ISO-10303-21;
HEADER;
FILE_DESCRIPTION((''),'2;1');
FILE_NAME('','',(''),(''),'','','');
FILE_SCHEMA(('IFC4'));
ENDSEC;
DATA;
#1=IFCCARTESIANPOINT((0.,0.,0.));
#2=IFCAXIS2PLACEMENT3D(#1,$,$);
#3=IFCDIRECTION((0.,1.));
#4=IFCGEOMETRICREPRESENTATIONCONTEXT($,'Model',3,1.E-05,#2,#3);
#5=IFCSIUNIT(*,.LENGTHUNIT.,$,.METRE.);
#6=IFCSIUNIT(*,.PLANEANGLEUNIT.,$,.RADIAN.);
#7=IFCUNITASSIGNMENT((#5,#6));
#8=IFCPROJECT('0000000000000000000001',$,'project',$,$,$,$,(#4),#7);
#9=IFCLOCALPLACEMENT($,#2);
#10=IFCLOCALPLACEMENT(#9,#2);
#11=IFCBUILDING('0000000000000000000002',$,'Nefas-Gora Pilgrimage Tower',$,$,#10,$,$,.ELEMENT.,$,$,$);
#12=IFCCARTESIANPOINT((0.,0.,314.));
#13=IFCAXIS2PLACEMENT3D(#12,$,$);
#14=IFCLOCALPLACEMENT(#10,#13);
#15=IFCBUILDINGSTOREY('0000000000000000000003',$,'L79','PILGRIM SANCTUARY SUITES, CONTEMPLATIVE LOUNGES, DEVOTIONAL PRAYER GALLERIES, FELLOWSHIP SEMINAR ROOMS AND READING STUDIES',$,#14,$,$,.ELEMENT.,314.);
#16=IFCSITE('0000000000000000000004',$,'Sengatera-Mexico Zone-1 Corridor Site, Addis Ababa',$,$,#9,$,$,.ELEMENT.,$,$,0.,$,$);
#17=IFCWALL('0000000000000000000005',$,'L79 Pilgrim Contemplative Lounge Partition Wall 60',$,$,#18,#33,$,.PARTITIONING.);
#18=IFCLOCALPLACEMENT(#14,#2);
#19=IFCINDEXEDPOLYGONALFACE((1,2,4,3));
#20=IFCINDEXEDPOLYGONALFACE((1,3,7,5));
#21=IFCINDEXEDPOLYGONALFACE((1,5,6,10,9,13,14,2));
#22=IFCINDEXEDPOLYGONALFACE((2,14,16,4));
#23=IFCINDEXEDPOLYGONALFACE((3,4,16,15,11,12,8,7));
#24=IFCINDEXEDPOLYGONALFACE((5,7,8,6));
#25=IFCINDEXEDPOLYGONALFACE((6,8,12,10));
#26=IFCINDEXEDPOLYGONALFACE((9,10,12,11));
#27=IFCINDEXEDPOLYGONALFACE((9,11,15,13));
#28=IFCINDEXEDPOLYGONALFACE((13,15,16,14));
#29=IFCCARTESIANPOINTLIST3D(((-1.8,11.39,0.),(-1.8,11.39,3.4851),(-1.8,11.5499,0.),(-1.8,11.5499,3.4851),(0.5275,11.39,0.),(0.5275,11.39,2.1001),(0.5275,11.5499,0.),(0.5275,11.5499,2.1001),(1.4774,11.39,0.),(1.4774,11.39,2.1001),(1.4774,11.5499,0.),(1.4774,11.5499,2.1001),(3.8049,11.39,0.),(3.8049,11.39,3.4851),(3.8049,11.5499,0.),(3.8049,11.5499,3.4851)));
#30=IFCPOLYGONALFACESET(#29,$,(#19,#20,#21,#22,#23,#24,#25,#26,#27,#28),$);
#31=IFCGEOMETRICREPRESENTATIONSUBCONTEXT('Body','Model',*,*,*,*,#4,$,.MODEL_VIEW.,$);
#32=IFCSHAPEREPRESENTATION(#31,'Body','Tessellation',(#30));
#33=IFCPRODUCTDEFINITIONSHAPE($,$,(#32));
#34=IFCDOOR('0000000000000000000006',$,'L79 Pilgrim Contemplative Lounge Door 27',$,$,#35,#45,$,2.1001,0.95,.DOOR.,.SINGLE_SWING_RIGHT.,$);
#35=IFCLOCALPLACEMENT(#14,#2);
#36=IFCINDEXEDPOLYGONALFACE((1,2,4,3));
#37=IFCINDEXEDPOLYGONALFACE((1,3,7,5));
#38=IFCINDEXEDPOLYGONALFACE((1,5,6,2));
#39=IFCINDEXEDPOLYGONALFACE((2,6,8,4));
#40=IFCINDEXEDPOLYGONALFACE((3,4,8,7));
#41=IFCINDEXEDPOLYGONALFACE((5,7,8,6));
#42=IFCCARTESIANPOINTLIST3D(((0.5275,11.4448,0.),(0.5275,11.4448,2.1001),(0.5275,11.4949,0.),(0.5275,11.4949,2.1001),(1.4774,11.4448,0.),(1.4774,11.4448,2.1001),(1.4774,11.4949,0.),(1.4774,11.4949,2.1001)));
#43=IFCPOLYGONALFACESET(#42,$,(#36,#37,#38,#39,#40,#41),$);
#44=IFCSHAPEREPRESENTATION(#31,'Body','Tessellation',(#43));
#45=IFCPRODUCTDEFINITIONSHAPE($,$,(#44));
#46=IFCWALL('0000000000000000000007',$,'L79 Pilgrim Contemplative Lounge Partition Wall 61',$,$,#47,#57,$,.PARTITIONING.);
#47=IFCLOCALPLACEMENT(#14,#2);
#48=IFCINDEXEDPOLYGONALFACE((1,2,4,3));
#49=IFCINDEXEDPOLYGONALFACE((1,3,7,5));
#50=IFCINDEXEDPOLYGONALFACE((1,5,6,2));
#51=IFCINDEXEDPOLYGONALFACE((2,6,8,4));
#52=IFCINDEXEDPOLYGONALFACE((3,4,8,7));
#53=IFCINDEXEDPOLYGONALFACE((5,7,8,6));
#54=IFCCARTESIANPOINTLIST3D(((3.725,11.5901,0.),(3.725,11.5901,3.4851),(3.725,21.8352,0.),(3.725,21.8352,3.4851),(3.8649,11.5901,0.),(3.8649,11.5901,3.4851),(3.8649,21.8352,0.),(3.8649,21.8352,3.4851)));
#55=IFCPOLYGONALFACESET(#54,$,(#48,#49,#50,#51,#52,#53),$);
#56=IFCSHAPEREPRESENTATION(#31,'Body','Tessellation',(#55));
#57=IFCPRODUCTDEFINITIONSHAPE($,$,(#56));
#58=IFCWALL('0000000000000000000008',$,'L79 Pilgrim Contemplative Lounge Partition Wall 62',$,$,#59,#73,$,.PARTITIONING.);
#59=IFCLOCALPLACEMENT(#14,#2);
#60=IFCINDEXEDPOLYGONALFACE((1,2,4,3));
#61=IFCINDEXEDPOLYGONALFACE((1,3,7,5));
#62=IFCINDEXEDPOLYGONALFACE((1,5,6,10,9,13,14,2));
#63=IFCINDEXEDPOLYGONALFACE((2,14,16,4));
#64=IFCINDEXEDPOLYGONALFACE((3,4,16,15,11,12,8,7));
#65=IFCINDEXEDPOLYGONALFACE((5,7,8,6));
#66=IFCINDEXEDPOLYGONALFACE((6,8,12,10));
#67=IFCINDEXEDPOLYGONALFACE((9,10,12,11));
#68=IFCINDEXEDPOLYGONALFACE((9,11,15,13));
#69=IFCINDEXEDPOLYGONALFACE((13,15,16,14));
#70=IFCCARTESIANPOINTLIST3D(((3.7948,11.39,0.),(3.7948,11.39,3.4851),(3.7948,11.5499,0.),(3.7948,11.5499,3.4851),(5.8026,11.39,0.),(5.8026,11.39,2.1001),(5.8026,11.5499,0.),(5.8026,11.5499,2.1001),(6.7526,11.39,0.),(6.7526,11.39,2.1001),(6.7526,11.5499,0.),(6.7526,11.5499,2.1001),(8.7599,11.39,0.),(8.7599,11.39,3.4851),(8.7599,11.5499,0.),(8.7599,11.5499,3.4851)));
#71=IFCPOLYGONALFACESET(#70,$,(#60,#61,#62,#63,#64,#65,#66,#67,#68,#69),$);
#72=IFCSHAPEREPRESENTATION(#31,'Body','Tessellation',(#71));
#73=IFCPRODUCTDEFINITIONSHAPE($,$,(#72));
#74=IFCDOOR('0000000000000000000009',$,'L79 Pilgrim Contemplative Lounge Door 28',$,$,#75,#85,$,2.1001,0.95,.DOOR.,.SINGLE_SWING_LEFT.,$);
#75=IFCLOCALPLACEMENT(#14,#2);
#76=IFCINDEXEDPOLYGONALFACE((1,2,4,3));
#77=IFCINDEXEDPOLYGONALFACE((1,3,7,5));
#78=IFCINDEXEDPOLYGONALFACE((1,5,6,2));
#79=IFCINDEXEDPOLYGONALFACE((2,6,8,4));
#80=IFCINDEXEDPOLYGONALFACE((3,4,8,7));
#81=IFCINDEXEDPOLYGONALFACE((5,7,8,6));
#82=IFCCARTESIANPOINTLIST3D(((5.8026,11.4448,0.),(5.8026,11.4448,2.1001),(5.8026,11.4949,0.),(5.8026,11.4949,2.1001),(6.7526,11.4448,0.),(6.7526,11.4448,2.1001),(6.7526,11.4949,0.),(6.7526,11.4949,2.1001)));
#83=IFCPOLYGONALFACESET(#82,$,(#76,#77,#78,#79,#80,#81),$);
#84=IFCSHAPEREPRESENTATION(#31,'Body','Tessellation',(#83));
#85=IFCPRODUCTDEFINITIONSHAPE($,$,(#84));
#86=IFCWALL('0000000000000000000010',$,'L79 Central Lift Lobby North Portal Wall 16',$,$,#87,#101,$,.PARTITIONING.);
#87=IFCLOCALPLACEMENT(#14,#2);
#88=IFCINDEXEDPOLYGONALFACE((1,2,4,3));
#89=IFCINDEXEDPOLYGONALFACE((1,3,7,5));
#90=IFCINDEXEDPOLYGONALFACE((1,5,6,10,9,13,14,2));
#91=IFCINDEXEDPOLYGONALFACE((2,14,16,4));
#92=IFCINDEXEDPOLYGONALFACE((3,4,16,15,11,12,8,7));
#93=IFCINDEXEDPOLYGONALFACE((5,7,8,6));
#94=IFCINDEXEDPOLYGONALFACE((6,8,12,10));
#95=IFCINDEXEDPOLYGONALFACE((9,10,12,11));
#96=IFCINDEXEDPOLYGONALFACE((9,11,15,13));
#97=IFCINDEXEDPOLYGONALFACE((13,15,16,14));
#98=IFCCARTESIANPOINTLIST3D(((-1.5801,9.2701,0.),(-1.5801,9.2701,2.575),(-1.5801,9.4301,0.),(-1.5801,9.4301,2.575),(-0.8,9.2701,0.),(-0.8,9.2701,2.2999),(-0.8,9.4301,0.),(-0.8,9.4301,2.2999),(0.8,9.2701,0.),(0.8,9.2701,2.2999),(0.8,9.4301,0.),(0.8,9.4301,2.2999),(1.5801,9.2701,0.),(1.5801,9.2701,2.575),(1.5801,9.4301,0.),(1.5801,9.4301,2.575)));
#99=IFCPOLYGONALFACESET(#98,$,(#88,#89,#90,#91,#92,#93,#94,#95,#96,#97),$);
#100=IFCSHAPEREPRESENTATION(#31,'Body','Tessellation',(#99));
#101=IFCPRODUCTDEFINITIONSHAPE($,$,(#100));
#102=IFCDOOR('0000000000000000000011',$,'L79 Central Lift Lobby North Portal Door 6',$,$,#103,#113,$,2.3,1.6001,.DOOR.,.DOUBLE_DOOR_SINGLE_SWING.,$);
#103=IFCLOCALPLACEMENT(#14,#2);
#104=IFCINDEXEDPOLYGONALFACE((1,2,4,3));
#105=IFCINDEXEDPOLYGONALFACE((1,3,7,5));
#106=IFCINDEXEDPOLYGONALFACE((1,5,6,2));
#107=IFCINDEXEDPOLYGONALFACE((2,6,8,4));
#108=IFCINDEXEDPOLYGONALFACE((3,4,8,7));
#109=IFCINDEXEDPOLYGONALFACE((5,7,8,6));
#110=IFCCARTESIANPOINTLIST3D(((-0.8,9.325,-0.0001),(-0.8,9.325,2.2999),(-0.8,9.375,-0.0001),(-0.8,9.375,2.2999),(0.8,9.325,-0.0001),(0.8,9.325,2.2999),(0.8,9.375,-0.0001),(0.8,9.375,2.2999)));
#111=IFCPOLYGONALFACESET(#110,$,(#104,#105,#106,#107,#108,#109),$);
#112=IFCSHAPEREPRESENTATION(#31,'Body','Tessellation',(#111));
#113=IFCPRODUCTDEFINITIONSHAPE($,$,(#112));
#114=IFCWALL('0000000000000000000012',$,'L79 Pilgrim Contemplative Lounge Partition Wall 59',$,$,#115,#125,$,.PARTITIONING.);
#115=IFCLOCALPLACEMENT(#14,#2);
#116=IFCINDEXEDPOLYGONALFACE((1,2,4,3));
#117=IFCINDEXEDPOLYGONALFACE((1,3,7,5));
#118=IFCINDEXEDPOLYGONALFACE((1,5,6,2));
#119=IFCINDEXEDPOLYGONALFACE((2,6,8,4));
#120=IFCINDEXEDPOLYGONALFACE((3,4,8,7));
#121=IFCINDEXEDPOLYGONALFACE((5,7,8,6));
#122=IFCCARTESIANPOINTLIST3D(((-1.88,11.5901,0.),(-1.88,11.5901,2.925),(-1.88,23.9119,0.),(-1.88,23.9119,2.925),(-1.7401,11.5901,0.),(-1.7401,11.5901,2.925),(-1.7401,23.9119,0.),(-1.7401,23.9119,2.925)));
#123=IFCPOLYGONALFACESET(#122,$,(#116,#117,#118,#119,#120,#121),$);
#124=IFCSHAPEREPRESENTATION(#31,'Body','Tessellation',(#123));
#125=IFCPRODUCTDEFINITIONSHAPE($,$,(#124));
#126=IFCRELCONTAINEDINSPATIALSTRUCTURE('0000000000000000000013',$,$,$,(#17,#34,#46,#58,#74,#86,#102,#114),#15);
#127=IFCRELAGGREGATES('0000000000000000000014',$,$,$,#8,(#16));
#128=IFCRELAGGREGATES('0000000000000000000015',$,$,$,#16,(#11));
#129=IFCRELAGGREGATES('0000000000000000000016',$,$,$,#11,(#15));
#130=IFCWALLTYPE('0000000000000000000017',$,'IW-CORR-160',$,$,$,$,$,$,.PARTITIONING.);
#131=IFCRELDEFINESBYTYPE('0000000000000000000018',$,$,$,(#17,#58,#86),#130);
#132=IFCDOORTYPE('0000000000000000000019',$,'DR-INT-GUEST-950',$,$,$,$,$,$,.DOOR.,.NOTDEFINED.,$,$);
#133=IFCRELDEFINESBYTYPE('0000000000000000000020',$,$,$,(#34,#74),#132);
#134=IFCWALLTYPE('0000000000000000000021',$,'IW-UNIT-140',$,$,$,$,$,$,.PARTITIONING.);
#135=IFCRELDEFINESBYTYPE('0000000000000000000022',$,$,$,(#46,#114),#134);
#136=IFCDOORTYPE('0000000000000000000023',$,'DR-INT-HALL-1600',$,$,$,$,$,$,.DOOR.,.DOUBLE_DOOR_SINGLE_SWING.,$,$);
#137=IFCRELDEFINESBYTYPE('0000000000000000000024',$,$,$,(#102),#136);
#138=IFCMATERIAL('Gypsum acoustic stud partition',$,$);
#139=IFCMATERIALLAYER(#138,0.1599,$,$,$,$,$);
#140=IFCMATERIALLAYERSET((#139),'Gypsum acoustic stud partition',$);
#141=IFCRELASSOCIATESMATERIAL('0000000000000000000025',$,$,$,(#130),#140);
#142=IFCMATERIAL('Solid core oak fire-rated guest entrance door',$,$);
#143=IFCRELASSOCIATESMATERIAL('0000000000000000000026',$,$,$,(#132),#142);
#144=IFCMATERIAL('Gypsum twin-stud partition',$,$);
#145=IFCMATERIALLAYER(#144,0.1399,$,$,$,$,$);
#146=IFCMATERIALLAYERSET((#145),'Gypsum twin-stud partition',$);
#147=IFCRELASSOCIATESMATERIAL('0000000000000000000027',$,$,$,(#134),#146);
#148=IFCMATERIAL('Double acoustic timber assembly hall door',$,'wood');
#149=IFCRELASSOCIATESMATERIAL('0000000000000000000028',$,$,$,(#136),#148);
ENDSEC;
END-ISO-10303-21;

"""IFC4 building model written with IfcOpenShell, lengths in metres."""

from ifc_helpers import new_model, si_unit, direction, frame, frame_2d, origin, place, context, subcontext, project, spatial, rectangle, extrude, source, transform, mapped, material, layer, layer_set, type_object, element, fill, save


model = new_model("IFC4")

# Units and contexts
model_context = context("Model", 3, precision=1e-05, world=origin(), true_north=direction((0.0, 1.0)))
body_context = subcontext(model_context, "Body", "Model", "MODEL_VIEW")
ifc_project = project(units=[si_unit("LENGTHUNIT", "METRE"), si_unit("PLANEANGLEUNIT", "RADIAN")], contexts=[model_context])

# Site, building, storey
site_placement = place(None, origin())
site = spatial("IfcSite", under=ifc_project, at=site_placement, Name="Sengatera-Mexico Zone-1 Corridor Site, Addis Ababa", CompositionType="ELEMENT", RefElevation=0.0)
building_placement = place(site_placement, origin())
building = spatial("IfcBuilding", under=site, at=building_placement, Name="Nefas-Gora Pilgrimage Tower", CompositionType="ELEMENT")
storey_placement = place(building_placement, frame((0.0, 0.0, 314.0)))
storey = spatial("IfcBuildingStorey", under=building, at=storey_placement, Name="L79", Description="PILGRIM SANCTUARY SUITES, CONTEMPLATIVE LOUNGES, DEVOTIONAL PRAYER GALLERIES, FELLOWSHIP SEMINAR ROOMS AND READING STUDIES", CompositionType="ELEMENT", Elevation=314.0)

# Wall, opening, door
ifc_material_1 = material(Name="Gypsum acoustic stud partition")
ifc_layer_1 = layer(ifc_material_1, 0.1599)
ifc_layer_set_1 = layer_set([ifc_layer_1], Name="Gypsum acoustic stud partition")
wall_type_1 = type_object("IfcWallType", Name="IW-CORR-160", PredefinedType="PARTITIONING", material=ifc_layer_set_1)
shared_shape_1 = source(origin(), body_context, "Body", "SweptSolid", [
    extrude(rectangle(XDim=5.605, YDim=0.1599, at=frame_2d((2.8025, 0.0))), origin(), (0.0, 0.0, 1.0), 3.4851),
])
wall_1_placement = place(storey_placement, frame((-1.8, 11.47, 0.0), z_axis=(0.0, 0.0, 1.0), x_axis=(1.0, 0.0, 0.0)))
wall_1 = element("IfcWall", 1, at=wall_1_placement, inside=storey, type_object=wall_type_1, Name="L79 Pilgrim Contemplative Lounge Partition Wall 60", PredefinedType="PARTITIONING", context=body_context, shape_type="MappedRepresentation", body=[
    mapped(shared_shape_1, transform((0.0, 0.0, 0.0), x_axis=(1.0, 0.0, 0.0), y_axis=(0.0, 1.0, 0.0), z_axis=(0.0, 0.0, 1.0), scale=1.0)),
])
opening_1_placement = place(wall_1_placement, frame((2.3274, 0.0, 0.0)))
opening_1 = element("IfcOpeningElement", 2, at=opening_1_placement, cuts=wall_1, PredefinedType="OPENING", context=body_context, shape_type="SweptSolid", body=[
    extrude(rectangle(XDim=0.95, YDim=2.1001, at=frame_2d((0.4751, 1.05))), frame((0.0, 0.0898, 0.0), z_axis=(0.0, -1.0, 0.0), x_axis=(1.0, 0.0, 0.0)), (0.0, 0.0, 1.0), 0.1799),
])
ifc_material_2 = material(Name="Solid core oak fire-rated guest entrance door")
door_type_1 = type_object("IfcDoorType", Name="DR-INT-GUEST-950", OperationType="NOTDEFINED", PredefinedType="DOOR", material=ifc_material_2)
shared_shape_2 = source(origin(), body_context, "Body", "SweptSolid", [
    extrude(rectangle(XDim=0.95, YDim=2.1001, at=frame_2d((0.4751, 1.05))), frame((0.0, 0.0249, 0.0), z_axis=(0.0, -1.0, 0.0), x_axis=(1.0, 0.0, 0.0)), (0.0, 0.0, 1.0), 0.05),
])
door_1_placement = place(opening_1_placement, origin())
door_1 = element("IfcDoor", 3, at=door_1_placement, inside=storey, type_object=door_type_1, Name="L79 Pilgrim Contemplative Lounge Door 27", OperationType="SINGLE_SWING_RIGHT", OverallHeight=2.1001, OverallWidth=0.95, PredefinedType="DOOR", context=body_context, shape_type="MappedRepresentation", body=[
    mapped(shared_shape_2, transform((0.0, 0.0, 0.0), x_axis=(1.0, 0.0, 0.0), y_axis=(0.0, 1.0, 0.0), z_axis=(0.0, 0.0, 1.0), scale=1.0)),
])
fill(opening_1, door_1)

# Wall
ifc_material_3 = material(Name="Gypsum twin-stud partition")
ifc_layer_2 = layer(ifc_material_3, 0.1399)
ifc_layer_set_2 = layer_set([ifc_layer_2], Name="Gypsum twin-stud partition")
wall_type_2 = type_object("IfcWallType", Name="IW-UNIT-140", PredefinedType="PARTITIONING", material=ifc_layer_set_2)
shared_shape_3 = source(origin(), body_context, "Body", "SweptSolid", [
    extrude(rectangle(XDim=10.2451, YDim=0.1399, at=frame_2d((5.1226, 0.0))), origin(), (0.0, 0.0, 1.0), 3.4851),
])
wall_2_placement = place(storey_placement, frame((3.7949, 11.5901, 0.0), z_axis=(0.0, 0.0, 1.0), x_axis=(0.0, 1.0, 0.0)))
element("IfcWall", 4, at=wall_2_placement, inside=storey, type_object=wall_type_2, Name="L79 Pilgrim Contemplative Lounge Partition Wall 61", PredefinedType="PARTITIONING", context=body_context, shape_type="MappedRepresentation", body=[
    mapped(shared_shape_3, transform((0.0, 0.0, 0.0), x_axis=(1.0, 0.0, 0.0), y_axis=(0.0, 1.0, 0.0), z_axis=(0.0, 0.0, 1.0), scale=1.0)),
])

# Walls, openings, doors
shared_shape_4 = source(origin(), body_context, "Body", "SweptSolid", [
    extrude(rectangle(XDim=4.9651, YDim=0.1599, at=frame_2d((2.4824, 0.0))), origin(), (0.0, 0.0, 1.0), 3.4851),
])
wall_3_placement = place(storey_placement, frame((3.7949, 11.47, 0.0), z_axis=(0.0, 0.0, 1.0), x_axis=(1.0, 0.0, 0.0)))
wall_3 = element("IfcWall", 5, at=wall_3_placement, inside=storey, type_object=wall_type_1, Name="L79 Pilgrim Contemplative Lounge Partition Wall 62", PredefinedType="PARTITIONING", context=body_context, shape_type="MappedRepresentation", body=[
    mapped(shared_shape_4, transform((0.0, 0.0, 0.0), x_axis=(1.0, 0.0, 0.0), y_axis=(0.0, 1.0, 0.0), z_axis=(0.0, 0.0, 1.0), scale=1.0)),
])
opening_2_placement = place(wall_3_placement, frame((2.0076, 0.0, 0.0)))
opening_2 = element("IfcOpeningElement", 6, at=opening_2_placement, cuts=wall_3, PredefinedType="OPENING", context=body_context, shape_type="SweptSolid", body=[
    extrude(rectangle(XDim=0.95, YDim=2.1001, at=frame_2d((0.4751, 1.05))), frame((0.0, 0.0898, 0.0), z_axis=(0.0, -1.0, 0.0), x_axis=(1.0, 0.0, 0.0)), (0.0, 0.0, 1.0), 0.1799),
])
door_2_placement = place(opening_2_placement, origin())
door_2 = element("IfcDoor", 7, at=door_2_placement, inside=storey, type_object=door_type_1, Name="L79 Pilgrim Contemplative Lounge Door 28", OperationType="SINGLE_SWING_LEFT", OverallHeight=2.1001, OverallWidth=0.95, PredefinedType="DOOR", context=body_context, shape_type="MappedRepresentation", body=[
    mapped(shared_shape_2, transform((0.0, 0.0, 0.0), x_axis=(1.0, 0.0, 0.0), y_axis=(0.0, 1.0, 0.0), z_axis=(0.0, 0.0, 1.0), scale=1.0)),
])
fill(opening_2, door_2)
shared_shape_5 = source(origin(), body_context, "Body", "SweptSolid", [
    extrude(rectangle(XDim=3.1602, YDim=0.1599, at=frame_2d((1.5801, 0.0))), origin(), (0.0, 0.0, 1.0), 2.575),
])
wall_4_placement = place(storey_placement, frame((-1.5801, 9.3501, 0.0), z_axis=(0.0, 0.0, 1.0), x_axis=(1.0, 0.0, 0.0)))
wall_4 = element("IfcWall", 8, at=wall_4_placement, inside=storey, type_object=wall_type_1, Name="L79 Central Lift Lobby North Portal Wall 16", PredefinedType="PARTITIONING", context=body_context, shape_type="MappedRepresentation", body=[
    mapped(shared_shape_5, transform((0.0, 0.0, 0.0), x_axis=(1.0, 0.0, 0.0), y_axis=(0.0, 1.0, 0.0), z_axis=(0.0, 0.0, 1.0), scale=1.0)),
])
opening_3_placement = place(wall_4_placement, frame((0.78, 0.0, 0.0)))
opening_3 = element("IfcOpeningElement", 9, at=opening_3_placement, cuts=wall_4, PredefinedType="OPENING", context=body_context, shape_type="SweptSolid", body=[
    extrude(rectangle(XDim=1.6001, YDim=2.3, at=frame_2d((0.8, 1.1499))), frame((0.0, 0.0898, 0.0), z_axis=(0.0, -1.0, 0.0), x_axis=(1.0, 0.0, 0.0)), (0.0, 0.0, 1.0), 0.1799),
])
ifc_material_4 = material(Name="Double acoustic timber assembly hall door", Category="wood")
door_type_2 = type_object("IfcDoorType", Name="DR-INT-HALL-1600", OperationType="DOUBLE_DOOR_SINGLE_SWING", PredefinedType="DOOR", material=ifc_material_4)
shared_shape_6 = source(origin(), body_context, "Body", "SweptSolid", [
    extrude(rectangle(XDim=1.6001, YDim=2.3, at=frame_2d((0.8, 1.1499))), frame((0.0, 0.0249, 0.0), z_axis=(0.0, -1.0, 0.0), x_axis=(1.0, 0.0, 0.0)), (0.0, 0.0, 1.0), 0.05),
])
door_3_placement = place(opening_3_placement, origin())
door_3 = element("IfcDoor", 10, at=door_3_placement, inside=storey, type_object=door_type_2, Name="L79 Central Lift Lobby North Portal Door 6", OperationType="DOUBLE_DOOR_SINGLE_SWING", OverallHeight=2.3, OverallWidth=1.6001, PredefinedType="DOOR", context=body_context, shape_type="MappedRepresentation", body=[
    mapped(shared_shape_6, transform((0.0, 0.0, 0.0), x_axis=(1.0, 0.0, 0.0), y_axis=(0.0, 1.0, 0.0), z_axis=(0.0, 0.0, 1.0), scale=1.0)),
])
fill(opening_3, door_3)

# Wall
shared_shape_7 = source(origin(), body_context, "Body", "SweptSolid", [
    extrude(rectangle(XDim=12.3218, YDim=0.1399, at=frame_2d((6.1609, 0.0))), origin(), (0.0, 0.0, 1.0), 2.925),
])
wall_5_placement = place(storey_placement, frame((-1.8101, 11.5901, 0.0), z_axis=(0.0, 0.0, 1.0), x_axis=(0.0, 1.0, 0.0)))
element("IfcWall", 11, at=wall_5_placement, inside=storey, type_object=wall_type_2, Name="L79 Pilgrim Contemplative Lounge Partition Wall 59", PredefinedType="PARTITIONING", context=body_context, shape_type="MappedRepresentation", body=[
    mapped(shared_shape_7, transform((0.0, 0.0, 0.0), x_axis=(1.0, 0.0, 0.0), y_axis=(0.0, 1.0, 0.0), z_axis=(0.0, 0.0, 1.0), scale=1.0)),
])

save(model, "model.ifc")
